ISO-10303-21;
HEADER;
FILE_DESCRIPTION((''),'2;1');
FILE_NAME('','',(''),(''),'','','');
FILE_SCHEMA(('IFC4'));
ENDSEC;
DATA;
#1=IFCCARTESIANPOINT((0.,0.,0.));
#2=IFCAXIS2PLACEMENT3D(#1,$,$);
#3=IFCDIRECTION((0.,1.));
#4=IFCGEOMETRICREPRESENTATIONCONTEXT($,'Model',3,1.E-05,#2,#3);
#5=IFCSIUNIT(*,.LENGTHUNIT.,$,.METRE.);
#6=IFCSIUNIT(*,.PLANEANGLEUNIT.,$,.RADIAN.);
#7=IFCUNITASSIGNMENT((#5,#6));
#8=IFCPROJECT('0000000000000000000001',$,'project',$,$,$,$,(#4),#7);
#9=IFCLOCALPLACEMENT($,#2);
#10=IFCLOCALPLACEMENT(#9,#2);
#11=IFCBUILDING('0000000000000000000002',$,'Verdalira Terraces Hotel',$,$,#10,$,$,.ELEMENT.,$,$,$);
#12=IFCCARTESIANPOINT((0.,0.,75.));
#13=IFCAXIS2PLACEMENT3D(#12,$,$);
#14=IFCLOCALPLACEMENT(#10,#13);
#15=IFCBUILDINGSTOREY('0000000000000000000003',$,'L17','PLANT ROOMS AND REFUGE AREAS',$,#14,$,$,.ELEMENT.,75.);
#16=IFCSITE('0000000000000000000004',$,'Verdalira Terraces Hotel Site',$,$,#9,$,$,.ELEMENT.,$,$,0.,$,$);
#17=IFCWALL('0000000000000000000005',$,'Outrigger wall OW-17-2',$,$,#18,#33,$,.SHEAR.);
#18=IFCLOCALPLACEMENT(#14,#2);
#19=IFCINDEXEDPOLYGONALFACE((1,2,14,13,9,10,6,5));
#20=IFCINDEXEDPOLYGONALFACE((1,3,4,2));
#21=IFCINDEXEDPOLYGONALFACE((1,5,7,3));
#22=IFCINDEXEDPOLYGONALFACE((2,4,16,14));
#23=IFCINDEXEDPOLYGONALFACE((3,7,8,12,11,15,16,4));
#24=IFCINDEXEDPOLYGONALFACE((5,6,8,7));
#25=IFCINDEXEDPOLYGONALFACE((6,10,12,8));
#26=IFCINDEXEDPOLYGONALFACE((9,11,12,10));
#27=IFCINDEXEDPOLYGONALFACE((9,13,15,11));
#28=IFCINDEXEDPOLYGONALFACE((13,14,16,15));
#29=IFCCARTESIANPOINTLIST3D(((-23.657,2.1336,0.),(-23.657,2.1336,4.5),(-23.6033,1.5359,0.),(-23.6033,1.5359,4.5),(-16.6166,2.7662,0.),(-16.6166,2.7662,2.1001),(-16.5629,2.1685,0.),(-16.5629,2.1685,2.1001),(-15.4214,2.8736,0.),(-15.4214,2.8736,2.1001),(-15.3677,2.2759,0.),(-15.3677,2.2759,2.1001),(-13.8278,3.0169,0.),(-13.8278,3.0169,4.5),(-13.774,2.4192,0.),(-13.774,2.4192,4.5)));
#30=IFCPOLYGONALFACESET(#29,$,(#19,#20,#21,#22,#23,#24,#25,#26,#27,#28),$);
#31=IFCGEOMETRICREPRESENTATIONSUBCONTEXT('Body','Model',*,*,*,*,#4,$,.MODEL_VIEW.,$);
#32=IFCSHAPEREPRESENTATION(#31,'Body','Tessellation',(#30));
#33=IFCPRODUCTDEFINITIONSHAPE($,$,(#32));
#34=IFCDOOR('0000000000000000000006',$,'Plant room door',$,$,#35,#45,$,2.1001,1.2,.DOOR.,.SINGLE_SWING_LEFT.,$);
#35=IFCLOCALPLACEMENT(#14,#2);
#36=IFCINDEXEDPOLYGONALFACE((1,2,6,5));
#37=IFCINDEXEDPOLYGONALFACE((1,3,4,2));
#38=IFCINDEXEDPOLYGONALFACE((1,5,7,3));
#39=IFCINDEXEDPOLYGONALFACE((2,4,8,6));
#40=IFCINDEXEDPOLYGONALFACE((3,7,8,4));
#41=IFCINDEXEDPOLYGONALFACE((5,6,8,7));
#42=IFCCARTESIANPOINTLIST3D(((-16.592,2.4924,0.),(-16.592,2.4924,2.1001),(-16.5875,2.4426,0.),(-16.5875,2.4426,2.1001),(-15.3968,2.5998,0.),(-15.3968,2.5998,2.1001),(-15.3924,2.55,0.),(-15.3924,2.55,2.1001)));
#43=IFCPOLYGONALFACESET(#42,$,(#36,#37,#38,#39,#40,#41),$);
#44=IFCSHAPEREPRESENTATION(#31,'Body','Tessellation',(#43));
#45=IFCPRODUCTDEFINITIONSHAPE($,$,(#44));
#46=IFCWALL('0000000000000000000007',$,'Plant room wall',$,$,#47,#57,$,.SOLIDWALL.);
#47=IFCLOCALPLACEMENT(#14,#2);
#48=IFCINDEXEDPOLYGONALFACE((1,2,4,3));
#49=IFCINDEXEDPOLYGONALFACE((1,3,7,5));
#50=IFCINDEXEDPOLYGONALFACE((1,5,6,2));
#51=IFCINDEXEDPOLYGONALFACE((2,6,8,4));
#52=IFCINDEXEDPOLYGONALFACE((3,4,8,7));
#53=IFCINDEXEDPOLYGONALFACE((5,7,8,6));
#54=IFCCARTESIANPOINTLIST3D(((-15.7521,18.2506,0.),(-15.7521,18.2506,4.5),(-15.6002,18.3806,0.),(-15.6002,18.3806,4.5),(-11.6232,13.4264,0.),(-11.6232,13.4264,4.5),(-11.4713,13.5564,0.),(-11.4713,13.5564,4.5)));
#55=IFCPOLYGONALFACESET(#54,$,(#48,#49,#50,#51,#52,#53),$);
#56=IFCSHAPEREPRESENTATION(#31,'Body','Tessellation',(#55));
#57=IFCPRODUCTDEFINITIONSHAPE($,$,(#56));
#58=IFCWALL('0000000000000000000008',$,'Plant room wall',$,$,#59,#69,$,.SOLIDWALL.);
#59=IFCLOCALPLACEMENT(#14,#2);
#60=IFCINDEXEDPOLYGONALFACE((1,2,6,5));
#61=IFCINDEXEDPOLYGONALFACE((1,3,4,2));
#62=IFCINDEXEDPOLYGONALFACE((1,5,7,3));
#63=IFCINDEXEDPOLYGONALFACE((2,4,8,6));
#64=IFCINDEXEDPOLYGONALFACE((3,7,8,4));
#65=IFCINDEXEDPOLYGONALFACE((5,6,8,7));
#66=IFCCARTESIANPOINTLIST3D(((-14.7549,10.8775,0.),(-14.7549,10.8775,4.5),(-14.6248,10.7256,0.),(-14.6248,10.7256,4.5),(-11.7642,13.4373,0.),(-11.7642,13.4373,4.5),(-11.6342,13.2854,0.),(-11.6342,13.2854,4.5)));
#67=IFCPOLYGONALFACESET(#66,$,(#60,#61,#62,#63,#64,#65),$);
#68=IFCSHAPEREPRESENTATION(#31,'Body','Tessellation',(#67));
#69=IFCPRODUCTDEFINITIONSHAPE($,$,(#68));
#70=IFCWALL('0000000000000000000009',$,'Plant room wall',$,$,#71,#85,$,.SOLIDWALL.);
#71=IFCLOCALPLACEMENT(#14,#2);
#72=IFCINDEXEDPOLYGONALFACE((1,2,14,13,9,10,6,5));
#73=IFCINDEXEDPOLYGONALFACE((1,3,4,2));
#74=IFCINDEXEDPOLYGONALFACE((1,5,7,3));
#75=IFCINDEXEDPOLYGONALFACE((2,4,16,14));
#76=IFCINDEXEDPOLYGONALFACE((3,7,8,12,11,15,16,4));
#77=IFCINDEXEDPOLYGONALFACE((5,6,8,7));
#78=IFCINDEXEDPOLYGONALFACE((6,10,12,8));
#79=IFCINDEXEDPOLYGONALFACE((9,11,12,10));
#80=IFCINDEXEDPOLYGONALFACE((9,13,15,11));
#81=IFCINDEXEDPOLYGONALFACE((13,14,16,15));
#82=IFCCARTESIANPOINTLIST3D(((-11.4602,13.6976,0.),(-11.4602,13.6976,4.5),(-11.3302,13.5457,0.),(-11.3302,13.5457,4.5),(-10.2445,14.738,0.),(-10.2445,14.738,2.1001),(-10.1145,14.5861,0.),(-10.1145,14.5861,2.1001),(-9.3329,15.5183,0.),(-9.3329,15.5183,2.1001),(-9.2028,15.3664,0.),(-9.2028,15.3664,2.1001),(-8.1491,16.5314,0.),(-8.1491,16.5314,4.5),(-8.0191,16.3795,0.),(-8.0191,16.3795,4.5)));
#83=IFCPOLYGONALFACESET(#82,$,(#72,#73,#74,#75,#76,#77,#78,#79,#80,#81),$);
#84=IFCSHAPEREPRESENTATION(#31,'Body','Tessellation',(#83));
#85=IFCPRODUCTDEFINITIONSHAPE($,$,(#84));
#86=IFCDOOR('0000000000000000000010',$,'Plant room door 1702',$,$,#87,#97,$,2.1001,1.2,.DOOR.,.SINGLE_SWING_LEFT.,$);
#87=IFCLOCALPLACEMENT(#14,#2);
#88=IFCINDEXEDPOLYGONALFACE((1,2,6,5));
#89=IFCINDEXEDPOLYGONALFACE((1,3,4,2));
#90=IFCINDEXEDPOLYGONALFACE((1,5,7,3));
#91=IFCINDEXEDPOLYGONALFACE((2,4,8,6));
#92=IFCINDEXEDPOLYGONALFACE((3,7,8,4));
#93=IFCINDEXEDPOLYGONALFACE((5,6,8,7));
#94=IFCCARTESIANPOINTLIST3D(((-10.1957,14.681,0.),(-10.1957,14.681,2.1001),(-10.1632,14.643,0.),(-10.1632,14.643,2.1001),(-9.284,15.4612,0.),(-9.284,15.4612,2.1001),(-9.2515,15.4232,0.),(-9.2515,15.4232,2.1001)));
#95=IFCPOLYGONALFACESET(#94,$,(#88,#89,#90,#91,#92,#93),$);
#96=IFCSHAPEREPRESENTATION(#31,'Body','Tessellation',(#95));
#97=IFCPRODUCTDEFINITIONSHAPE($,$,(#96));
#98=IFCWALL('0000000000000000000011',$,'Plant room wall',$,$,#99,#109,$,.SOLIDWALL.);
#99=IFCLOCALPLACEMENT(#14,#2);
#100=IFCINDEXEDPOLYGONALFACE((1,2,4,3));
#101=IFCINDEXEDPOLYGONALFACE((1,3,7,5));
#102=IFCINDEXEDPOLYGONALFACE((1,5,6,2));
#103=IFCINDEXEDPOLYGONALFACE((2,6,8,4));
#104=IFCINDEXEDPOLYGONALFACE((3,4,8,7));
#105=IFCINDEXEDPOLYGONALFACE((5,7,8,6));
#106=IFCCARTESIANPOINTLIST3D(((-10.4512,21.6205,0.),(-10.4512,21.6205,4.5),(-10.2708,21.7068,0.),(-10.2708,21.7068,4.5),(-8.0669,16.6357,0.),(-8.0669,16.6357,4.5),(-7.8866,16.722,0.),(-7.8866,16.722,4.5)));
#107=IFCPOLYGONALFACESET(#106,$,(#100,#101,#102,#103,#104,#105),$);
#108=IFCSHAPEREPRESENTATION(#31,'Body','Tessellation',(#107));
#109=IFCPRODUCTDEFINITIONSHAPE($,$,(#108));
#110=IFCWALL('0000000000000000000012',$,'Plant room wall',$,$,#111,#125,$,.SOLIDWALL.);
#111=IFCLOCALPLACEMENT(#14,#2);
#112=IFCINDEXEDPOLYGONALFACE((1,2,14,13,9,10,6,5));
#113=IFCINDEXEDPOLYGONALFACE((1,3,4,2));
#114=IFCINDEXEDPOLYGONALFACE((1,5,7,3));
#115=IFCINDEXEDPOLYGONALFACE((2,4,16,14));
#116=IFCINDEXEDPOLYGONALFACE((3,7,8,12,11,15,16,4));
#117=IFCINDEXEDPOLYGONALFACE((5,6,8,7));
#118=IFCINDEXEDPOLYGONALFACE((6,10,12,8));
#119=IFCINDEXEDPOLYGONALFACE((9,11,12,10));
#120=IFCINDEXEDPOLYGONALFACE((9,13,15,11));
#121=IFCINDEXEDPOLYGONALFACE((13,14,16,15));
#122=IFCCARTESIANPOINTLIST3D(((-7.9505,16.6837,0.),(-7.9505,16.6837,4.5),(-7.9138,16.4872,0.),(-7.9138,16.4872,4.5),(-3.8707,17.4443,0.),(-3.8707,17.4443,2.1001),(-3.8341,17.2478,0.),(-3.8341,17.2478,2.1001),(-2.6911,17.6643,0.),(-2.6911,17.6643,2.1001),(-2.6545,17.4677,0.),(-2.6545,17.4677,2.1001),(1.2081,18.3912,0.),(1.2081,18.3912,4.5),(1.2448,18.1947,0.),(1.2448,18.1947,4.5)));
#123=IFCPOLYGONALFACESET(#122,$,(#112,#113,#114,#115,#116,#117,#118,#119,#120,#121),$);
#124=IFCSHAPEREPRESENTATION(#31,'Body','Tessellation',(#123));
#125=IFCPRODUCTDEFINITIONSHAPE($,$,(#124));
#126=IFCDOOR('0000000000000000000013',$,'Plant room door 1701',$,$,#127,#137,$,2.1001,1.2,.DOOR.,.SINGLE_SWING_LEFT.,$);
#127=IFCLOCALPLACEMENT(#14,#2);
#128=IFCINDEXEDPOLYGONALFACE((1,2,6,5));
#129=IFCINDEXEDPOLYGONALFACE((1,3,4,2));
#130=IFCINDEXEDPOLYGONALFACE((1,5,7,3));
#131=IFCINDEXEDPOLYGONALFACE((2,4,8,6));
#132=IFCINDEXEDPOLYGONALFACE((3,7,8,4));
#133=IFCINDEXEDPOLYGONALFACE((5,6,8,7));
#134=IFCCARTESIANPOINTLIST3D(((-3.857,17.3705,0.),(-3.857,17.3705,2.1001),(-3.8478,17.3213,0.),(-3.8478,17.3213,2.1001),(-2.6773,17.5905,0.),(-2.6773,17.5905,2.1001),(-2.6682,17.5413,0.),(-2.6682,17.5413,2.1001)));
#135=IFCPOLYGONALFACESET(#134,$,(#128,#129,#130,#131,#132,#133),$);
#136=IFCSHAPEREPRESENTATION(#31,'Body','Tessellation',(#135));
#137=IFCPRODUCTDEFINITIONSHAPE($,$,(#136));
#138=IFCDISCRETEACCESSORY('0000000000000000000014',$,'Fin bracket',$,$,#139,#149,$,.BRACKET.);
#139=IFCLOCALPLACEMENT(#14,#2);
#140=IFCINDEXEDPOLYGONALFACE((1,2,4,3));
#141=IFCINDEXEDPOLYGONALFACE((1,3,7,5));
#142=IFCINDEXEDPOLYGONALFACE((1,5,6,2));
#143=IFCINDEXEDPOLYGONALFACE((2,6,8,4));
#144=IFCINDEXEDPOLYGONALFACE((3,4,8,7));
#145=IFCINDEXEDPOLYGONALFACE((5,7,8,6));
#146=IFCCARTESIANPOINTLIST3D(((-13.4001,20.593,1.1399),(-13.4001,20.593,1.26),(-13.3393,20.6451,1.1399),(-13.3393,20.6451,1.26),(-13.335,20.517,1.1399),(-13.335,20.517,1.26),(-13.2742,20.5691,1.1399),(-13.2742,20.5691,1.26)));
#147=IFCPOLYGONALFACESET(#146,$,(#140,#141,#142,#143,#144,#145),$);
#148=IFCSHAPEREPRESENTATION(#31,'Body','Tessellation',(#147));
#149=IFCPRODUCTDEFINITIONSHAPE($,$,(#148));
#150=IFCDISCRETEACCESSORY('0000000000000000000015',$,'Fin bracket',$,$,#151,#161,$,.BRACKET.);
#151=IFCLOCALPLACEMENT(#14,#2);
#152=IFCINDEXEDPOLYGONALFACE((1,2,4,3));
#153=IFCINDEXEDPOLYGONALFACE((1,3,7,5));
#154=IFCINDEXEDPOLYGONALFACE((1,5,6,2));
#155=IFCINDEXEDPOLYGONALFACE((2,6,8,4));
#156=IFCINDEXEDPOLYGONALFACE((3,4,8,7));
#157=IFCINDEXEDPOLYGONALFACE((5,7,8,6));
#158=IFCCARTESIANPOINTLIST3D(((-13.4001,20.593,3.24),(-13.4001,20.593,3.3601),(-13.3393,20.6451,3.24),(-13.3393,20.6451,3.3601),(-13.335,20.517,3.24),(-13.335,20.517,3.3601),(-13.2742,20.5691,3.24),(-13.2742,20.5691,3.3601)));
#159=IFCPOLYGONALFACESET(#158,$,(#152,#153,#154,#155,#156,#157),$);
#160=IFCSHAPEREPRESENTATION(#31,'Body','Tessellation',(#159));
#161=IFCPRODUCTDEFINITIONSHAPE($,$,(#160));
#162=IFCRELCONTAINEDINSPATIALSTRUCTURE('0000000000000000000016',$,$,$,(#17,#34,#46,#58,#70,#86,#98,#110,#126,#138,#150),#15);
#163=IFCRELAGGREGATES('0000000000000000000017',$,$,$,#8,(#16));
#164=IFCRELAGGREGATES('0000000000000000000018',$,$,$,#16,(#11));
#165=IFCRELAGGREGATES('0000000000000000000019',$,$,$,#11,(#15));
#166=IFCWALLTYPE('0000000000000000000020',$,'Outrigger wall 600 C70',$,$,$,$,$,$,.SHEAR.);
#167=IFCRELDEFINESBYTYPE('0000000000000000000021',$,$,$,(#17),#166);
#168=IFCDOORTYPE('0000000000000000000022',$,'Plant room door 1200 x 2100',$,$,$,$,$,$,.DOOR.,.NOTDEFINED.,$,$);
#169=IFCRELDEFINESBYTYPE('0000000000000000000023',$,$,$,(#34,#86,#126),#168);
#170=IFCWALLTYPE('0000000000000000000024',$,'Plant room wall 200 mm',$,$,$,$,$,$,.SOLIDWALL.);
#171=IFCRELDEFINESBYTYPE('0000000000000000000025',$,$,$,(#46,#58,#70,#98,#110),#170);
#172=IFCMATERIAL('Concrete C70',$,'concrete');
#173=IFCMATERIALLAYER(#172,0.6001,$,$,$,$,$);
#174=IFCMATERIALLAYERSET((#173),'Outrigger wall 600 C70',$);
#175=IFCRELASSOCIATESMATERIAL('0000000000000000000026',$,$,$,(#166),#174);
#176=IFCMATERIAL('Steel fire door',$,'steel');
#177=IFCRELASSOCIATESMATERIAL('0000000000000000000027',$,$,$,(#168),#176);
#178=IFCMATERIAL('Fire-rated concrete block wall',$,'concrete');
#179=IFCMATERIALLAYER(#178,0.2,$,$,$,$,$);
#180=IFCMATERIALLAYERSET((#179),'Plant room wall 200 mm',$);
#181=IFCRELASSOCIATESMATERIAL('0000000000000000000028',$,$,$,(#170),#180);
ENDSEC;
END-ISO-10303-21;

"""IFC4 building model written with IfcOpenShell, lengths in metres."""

from ifc_helpers import new_model, si_unit, direction, frame, frame_2d, origin, origin_2d, place, context, subcontext, project, spatial, rectangle, extrude, material, layer, layer_set, type_object, element, fill, save


model = new_model("IFC4")

# Units and contexts
model_context = context("Model", 3, precision=1e-05, world=origin(), true_north=direction((0.0, 1.0)))
body_context = subcontext(model_context, "Body", "Model", "MODEL_VIEW")
ifc_project = project(units=[si_unit("LENGTHUNIT", "METRE"), si_unit("PLANEANGLEUNIT", "RADIAN")], contexts=[model_context])

# Site, building, storey
site_placement = place(None, origin())
site = spatial("IfcSite", under=ifc_project, at=site_placement, Name="Verdalira Terraces Hotel Site", CompositionType="ELEMENT", RefElevation=0.0)
building_placement = place(site_placement, origin())
building = spatial("IfcBuilding", under=site, at=building_placement, Name="Verdalira Terraces Hotel", CompositionType="ELEMENT")
storey_placement = place(building_placement, frame((0.0, 0.0, 75.0)))
storey = spatial("IfcBuildingStorey", under=building, at=storey_placement, Name="L17", Description="PLANT ROOMS AND REFUGE AREAS", CompositionType="ELEMENT", Elevation=75.0)

# Wall, opening, door
ifc_material_1 = material(Name="Concrete C70", Category="concrete")
ifc_layer_1 = layer(ifc_material_1, 0.6001)
ifc_layer_set_1 = layer_set([ifc_layer_1], Name="Outrigger wall 600 C70")
wall_type_1 = type_object("IfcWallType", Name="Outrigger wall 600 C70", PredefinedType="SHEAR", material=ifc_layer_set_1)
ifc_material_2 = material(Name="Steel fire door", Category="steel")
door_type_1 = type_object("IfcDoorType", Name="Plant room door 1200 x 2100", OperationType="NOTDEFINED", PredefinedType="DOOR", material=ifc_material_2)
wall_1_placement = place(storey_placement, frame((-13.8008, 2.718, 0.0), z_axis=(0.0, 0.0, 1.0), x_axis=(-0.995987, -0.089503, 0.0)))
wall_1 = element("IfcWall", 1, at=wall_1_placement, inside=storey, type_object=wall_type_1, Name="Outrigger wall OW-17-2", PredefinedType="SHEAR", context=body_context, shape_type="SweptSolid", body=[
    extrude(rectangle(XDim=9.8689, YDim=0.6001, at=frame_2d((4.9346, 0.0))), origin(), (0.0, 0.0, 1.0), 4.5),
])
opening_1_placement = place(wall_1_placement, frame((1.6001, 0.0, 0.0)))
opening_1 = element("IfcOpeningElement", 2, at=opening_1_placement, cuts=wall_1, PredefinedType="OPENING", context=body_context, shape_type="SweptSolid", body=[
    extrude(rectangle(XDim=1.2, YDim=2.1001, at=frame_2d((0.6001, 1.05))), frame((0.0, 0.3101, 0.0), z_axis=(0.0, -1.0, 0.0), x_axis=(1.0, 0.0, 0.0)), (0.0, 0.0, 1.0), 0.6201),
])
door_1_placement = place(opening_1_placement, origin())
door_1 = element("IfcDoor", 3, at=door_1_placement, inside=storey, type_object=door_type_1, Name="Plant room door", OperationType="SINGLE_SWING_LEFT", OverallHeight=2.1001, OverallWidth=1.2, PredefinedType="DOOR", context=body_context, shape_type="SweptSolid", body=[
    extrude(rectangle(XDim=1.2, YDim=2.1001, at=frame_2d((0.6001, 1.05))), frame((0.0, 0.0249, 0.0), z_axis=(0.0, -1.0, 0.0), x_axis=(1.0, 0.0, 0.0)), (0.0, 0.0, 1.0), 0.05),
])
fill(opening_1, door_1)

# Walls
ifc_material_3 = material(Name="Fire-rated concrete block wall", Category="concrete")
ifc_layer_2 = layer(ifc_material_3, 0.2)
ifc_layer_set_2 = layer_set([ifc_layer_2], Name="Plant room wall 200 mm")
wall_type_2 = type_object("IfcWallType", Name="Plant room wall 200 mm", PredefinedType="SOLIDWALL", material=ifc_layer_set_2)
wall_2_placement = place(storey_placement, frame((-11.5474, 13.4915, 0.0), z_axis=(0.0, 0.0, 1.0), x_axis=(-0.650234, 0.759734, 0.0)))
element("IfcWall", 4, at=wall_2_placement, inside=storey, type_object=wall_type_2, Name="Plant room wall", PredefinedType="SOLIDWALL", context=body_context, shape_type="SweptSolid", body=[
    extrude(rectangle(XDim=6.3499, YDim=0.2, at=frame_2d((3.1748, 0.0))), origin(), (0.0, 0.0, 1.0), 4.5),
])
wall_3_placement = place(storey_placement, frame((-11.6992, 13.3613, 0.0), z_axis=(0.0, 0.0, 1.0), x_axis=(-0.759716, -0.650255, 0.0)))
element("IfcWall", 5, at=wall_3_placement, inside=storey, type_object=wall_type_2, Name="Plant room wall", PredefinedType="SOLIDWALL", context=body_context, shape_type="SweptSolid", body=[
    extrude(rectangle(XDim=3.9365, YDim=0.2, at=frame_2d((1.9683, 0.0))), origin(), (0.0, 0.0, 1.0), 4.5),
])

# Wall, opening, door
wall_4_placement = place(storey_placement, frame((-11.3953, 13.6216, 0.0), z_axis=(0.0, 0.0, 1.0), x_axis=(0.759743, 0.650224, 0.0)))
wall_4 = element("IfcWall", 6, at=wall_4_placement, inside=storey, type_object=wall_type_2, Name="Plant room wall", PredefinedType="SOLIDWALL", context=body_context, shape_type="SweptSolid", body=[
    extrude(rectangle(XDim=4.3582, YDim=0.2, at=frame_2d((2.1792, 0.0))), origin(), (0.0, 0.0, 1.0), 4.5),
])
opening_2_placement = place(wall_4_placement, frame((1.6001, 0.0, 0.0)))
opening_2 = element("IfcOpeningElement", 7, at=opening_2_placement, cuts=wall_4, PredefinedType="OPENING", context=body_context, shape_type="SweptSolid", body=[
    extrude(rectangle(XDim=1.2, YDim=2.1001, at=frame_2d((0.6001, 1.05))), frame((0.0, 0.1099, 0.0), z_axis=(0.0, -1.0, 0.0), x_axis=(1.0, 0.0, 0.0)), (0.0, 0.0, 1.0), 0.22),
])
door_2_placement = place(opening_2_placement, origin())
door_2 = element("IfcDoor", 8, at=door_2_placement, inside=storey, type_object=door_type_1, Name="Plant room door 1702", OperationType="SINGLE_SWING_LEFT", OverallHeight=2.1001, OverallWidth=1.2, PredefinedType="DOOR", context=body_context, shape_type="SweptSolid", body=[
    extrude(rectangle(XDim=1.2, YDim=2.1001, at=frame_2d((0.6001, 1.05))), frame((0.0, 0.0249, 0.0), z_axis=(0.0, -1.0, 0.0), x_axis=(1.0, 0.0, 0.0)), (0.0, 0.0, 1.0), 0.05),
])
fill(opening_2, door_2)

# Wall
wall_5_placement = place(storey_placement, frame((-7.9768, 16.679, 0.0), z_axis=(0.0, 0.0, 1.0), x_axis=(-0.431487, 0.902119, 0.0)))
element("IfcWall", 9, at=wall_5_placement, inside=storey, type_object=wall_type_2, Name="Plant room wall", PredefinedType="SOLIDWALL", context=body_context, shape_type="SweptSolid", body=[
    extrude(rectangle(XDim=5.5256, YDim=0.2, at=frame_2d((2.7627, 0.0))), origin(), (0.0, 0.0, 1.0), 4.5),
])

# Wall, opening, door
wall_6_placement = place(storey_placement, frame((-7.9321, 16.5854, 0.0), z_axis=(0.0, 0.0, 1.0), x_axis=(0.983061, 0.183279, 0.0)))
wall_6 = element("IfcWall", 10, at=wall_6_placement, inside=storey, type_object=wall_type_2, Name="Plant room wall", PredefinedType="SOLIDWALL", context=body_context, shape_type="SweptSolid", body=[
    extrude(rectangle(XDim=9.3164, YDim=0.2, at=frame_2d((4.6582, 0.0))), origin(), (0.0, 0.0, 1.0), 4.5),
])
opening_3_placement = place(wall_6_placement, frame((4.1499, 0.0, 0.0)))
opening_3 = element("IfcOpeningElement", 11, at=opening_3_placement, cuts=wall_6, PredefinedType="OPENING", context=body_context, shape_type="SweptSolid", body=[
    extrude(rectangle(XDim=1.2, YDim=2.1001, at=frame_2d((0.6001, 1.05))), frame((0.0, 0.1099, 0.0), z_axis=(0.0, -1.0, 0.0), x_axis=(1.0, 0.0, 0.0)), (0.0, 0.0, 1.0), 0.22),
])
door_3_placement = place(opening_3_placement, origin())
door_3 = element("IfcDoor", 12, at=door_3_placement, inside=storey, type_object=door_type_1, Name="Plant room door 1701", OperationType="SINGLE_SWING_LEFT", OverallHeight=2.1001, OverallWidth=1.2, PredefinedType="DOOR", context=body_context, shape_type="SweptSolid", body=[
    extrude(rectangle(XDim=1.2, YDim=2.1001, at=frame_2d((0.6001, 1.05))), frame((0.0, 0.0249, 0.0), z_axis=(0.0, -1.0, 0.0), x_axis=(1.0, 0.0, 0.0)), (0.0, 0.0, 1.0), 0.05),
])
fill(opening_3, door_3)

# Discrete accessories
for number, where, z_axis, x_axis, name in (
    (13, (-13.3372, 20.5811, 1.1399), (0.0, 0.0, 1.0), (-0.759725, -0.650244, 0.0), "Fin bracket"),
    (14, (-13.3372, 20.5811, 3.24), (0.0, 0.0, 1.0), (-0.759725, -0.650244, 0.0), "Fin bracket"),
):
    element("IfcDiscreteAccessory", number, at=place(storey_placement, frame(where, z_axis=z_axis, x_axis=x_axis)), inside=storey, Name=name, PredefinedType="BRACKET", context=body_context, shape_type="SweptSolid", body=[
        extrude(rectangle(XDim=0.0801, YDim=0.1001, at=origin_2d()), origin(), (0.0, 0.0, 1.0), 0.1201),
    ])

save(model, "model.ifc")
